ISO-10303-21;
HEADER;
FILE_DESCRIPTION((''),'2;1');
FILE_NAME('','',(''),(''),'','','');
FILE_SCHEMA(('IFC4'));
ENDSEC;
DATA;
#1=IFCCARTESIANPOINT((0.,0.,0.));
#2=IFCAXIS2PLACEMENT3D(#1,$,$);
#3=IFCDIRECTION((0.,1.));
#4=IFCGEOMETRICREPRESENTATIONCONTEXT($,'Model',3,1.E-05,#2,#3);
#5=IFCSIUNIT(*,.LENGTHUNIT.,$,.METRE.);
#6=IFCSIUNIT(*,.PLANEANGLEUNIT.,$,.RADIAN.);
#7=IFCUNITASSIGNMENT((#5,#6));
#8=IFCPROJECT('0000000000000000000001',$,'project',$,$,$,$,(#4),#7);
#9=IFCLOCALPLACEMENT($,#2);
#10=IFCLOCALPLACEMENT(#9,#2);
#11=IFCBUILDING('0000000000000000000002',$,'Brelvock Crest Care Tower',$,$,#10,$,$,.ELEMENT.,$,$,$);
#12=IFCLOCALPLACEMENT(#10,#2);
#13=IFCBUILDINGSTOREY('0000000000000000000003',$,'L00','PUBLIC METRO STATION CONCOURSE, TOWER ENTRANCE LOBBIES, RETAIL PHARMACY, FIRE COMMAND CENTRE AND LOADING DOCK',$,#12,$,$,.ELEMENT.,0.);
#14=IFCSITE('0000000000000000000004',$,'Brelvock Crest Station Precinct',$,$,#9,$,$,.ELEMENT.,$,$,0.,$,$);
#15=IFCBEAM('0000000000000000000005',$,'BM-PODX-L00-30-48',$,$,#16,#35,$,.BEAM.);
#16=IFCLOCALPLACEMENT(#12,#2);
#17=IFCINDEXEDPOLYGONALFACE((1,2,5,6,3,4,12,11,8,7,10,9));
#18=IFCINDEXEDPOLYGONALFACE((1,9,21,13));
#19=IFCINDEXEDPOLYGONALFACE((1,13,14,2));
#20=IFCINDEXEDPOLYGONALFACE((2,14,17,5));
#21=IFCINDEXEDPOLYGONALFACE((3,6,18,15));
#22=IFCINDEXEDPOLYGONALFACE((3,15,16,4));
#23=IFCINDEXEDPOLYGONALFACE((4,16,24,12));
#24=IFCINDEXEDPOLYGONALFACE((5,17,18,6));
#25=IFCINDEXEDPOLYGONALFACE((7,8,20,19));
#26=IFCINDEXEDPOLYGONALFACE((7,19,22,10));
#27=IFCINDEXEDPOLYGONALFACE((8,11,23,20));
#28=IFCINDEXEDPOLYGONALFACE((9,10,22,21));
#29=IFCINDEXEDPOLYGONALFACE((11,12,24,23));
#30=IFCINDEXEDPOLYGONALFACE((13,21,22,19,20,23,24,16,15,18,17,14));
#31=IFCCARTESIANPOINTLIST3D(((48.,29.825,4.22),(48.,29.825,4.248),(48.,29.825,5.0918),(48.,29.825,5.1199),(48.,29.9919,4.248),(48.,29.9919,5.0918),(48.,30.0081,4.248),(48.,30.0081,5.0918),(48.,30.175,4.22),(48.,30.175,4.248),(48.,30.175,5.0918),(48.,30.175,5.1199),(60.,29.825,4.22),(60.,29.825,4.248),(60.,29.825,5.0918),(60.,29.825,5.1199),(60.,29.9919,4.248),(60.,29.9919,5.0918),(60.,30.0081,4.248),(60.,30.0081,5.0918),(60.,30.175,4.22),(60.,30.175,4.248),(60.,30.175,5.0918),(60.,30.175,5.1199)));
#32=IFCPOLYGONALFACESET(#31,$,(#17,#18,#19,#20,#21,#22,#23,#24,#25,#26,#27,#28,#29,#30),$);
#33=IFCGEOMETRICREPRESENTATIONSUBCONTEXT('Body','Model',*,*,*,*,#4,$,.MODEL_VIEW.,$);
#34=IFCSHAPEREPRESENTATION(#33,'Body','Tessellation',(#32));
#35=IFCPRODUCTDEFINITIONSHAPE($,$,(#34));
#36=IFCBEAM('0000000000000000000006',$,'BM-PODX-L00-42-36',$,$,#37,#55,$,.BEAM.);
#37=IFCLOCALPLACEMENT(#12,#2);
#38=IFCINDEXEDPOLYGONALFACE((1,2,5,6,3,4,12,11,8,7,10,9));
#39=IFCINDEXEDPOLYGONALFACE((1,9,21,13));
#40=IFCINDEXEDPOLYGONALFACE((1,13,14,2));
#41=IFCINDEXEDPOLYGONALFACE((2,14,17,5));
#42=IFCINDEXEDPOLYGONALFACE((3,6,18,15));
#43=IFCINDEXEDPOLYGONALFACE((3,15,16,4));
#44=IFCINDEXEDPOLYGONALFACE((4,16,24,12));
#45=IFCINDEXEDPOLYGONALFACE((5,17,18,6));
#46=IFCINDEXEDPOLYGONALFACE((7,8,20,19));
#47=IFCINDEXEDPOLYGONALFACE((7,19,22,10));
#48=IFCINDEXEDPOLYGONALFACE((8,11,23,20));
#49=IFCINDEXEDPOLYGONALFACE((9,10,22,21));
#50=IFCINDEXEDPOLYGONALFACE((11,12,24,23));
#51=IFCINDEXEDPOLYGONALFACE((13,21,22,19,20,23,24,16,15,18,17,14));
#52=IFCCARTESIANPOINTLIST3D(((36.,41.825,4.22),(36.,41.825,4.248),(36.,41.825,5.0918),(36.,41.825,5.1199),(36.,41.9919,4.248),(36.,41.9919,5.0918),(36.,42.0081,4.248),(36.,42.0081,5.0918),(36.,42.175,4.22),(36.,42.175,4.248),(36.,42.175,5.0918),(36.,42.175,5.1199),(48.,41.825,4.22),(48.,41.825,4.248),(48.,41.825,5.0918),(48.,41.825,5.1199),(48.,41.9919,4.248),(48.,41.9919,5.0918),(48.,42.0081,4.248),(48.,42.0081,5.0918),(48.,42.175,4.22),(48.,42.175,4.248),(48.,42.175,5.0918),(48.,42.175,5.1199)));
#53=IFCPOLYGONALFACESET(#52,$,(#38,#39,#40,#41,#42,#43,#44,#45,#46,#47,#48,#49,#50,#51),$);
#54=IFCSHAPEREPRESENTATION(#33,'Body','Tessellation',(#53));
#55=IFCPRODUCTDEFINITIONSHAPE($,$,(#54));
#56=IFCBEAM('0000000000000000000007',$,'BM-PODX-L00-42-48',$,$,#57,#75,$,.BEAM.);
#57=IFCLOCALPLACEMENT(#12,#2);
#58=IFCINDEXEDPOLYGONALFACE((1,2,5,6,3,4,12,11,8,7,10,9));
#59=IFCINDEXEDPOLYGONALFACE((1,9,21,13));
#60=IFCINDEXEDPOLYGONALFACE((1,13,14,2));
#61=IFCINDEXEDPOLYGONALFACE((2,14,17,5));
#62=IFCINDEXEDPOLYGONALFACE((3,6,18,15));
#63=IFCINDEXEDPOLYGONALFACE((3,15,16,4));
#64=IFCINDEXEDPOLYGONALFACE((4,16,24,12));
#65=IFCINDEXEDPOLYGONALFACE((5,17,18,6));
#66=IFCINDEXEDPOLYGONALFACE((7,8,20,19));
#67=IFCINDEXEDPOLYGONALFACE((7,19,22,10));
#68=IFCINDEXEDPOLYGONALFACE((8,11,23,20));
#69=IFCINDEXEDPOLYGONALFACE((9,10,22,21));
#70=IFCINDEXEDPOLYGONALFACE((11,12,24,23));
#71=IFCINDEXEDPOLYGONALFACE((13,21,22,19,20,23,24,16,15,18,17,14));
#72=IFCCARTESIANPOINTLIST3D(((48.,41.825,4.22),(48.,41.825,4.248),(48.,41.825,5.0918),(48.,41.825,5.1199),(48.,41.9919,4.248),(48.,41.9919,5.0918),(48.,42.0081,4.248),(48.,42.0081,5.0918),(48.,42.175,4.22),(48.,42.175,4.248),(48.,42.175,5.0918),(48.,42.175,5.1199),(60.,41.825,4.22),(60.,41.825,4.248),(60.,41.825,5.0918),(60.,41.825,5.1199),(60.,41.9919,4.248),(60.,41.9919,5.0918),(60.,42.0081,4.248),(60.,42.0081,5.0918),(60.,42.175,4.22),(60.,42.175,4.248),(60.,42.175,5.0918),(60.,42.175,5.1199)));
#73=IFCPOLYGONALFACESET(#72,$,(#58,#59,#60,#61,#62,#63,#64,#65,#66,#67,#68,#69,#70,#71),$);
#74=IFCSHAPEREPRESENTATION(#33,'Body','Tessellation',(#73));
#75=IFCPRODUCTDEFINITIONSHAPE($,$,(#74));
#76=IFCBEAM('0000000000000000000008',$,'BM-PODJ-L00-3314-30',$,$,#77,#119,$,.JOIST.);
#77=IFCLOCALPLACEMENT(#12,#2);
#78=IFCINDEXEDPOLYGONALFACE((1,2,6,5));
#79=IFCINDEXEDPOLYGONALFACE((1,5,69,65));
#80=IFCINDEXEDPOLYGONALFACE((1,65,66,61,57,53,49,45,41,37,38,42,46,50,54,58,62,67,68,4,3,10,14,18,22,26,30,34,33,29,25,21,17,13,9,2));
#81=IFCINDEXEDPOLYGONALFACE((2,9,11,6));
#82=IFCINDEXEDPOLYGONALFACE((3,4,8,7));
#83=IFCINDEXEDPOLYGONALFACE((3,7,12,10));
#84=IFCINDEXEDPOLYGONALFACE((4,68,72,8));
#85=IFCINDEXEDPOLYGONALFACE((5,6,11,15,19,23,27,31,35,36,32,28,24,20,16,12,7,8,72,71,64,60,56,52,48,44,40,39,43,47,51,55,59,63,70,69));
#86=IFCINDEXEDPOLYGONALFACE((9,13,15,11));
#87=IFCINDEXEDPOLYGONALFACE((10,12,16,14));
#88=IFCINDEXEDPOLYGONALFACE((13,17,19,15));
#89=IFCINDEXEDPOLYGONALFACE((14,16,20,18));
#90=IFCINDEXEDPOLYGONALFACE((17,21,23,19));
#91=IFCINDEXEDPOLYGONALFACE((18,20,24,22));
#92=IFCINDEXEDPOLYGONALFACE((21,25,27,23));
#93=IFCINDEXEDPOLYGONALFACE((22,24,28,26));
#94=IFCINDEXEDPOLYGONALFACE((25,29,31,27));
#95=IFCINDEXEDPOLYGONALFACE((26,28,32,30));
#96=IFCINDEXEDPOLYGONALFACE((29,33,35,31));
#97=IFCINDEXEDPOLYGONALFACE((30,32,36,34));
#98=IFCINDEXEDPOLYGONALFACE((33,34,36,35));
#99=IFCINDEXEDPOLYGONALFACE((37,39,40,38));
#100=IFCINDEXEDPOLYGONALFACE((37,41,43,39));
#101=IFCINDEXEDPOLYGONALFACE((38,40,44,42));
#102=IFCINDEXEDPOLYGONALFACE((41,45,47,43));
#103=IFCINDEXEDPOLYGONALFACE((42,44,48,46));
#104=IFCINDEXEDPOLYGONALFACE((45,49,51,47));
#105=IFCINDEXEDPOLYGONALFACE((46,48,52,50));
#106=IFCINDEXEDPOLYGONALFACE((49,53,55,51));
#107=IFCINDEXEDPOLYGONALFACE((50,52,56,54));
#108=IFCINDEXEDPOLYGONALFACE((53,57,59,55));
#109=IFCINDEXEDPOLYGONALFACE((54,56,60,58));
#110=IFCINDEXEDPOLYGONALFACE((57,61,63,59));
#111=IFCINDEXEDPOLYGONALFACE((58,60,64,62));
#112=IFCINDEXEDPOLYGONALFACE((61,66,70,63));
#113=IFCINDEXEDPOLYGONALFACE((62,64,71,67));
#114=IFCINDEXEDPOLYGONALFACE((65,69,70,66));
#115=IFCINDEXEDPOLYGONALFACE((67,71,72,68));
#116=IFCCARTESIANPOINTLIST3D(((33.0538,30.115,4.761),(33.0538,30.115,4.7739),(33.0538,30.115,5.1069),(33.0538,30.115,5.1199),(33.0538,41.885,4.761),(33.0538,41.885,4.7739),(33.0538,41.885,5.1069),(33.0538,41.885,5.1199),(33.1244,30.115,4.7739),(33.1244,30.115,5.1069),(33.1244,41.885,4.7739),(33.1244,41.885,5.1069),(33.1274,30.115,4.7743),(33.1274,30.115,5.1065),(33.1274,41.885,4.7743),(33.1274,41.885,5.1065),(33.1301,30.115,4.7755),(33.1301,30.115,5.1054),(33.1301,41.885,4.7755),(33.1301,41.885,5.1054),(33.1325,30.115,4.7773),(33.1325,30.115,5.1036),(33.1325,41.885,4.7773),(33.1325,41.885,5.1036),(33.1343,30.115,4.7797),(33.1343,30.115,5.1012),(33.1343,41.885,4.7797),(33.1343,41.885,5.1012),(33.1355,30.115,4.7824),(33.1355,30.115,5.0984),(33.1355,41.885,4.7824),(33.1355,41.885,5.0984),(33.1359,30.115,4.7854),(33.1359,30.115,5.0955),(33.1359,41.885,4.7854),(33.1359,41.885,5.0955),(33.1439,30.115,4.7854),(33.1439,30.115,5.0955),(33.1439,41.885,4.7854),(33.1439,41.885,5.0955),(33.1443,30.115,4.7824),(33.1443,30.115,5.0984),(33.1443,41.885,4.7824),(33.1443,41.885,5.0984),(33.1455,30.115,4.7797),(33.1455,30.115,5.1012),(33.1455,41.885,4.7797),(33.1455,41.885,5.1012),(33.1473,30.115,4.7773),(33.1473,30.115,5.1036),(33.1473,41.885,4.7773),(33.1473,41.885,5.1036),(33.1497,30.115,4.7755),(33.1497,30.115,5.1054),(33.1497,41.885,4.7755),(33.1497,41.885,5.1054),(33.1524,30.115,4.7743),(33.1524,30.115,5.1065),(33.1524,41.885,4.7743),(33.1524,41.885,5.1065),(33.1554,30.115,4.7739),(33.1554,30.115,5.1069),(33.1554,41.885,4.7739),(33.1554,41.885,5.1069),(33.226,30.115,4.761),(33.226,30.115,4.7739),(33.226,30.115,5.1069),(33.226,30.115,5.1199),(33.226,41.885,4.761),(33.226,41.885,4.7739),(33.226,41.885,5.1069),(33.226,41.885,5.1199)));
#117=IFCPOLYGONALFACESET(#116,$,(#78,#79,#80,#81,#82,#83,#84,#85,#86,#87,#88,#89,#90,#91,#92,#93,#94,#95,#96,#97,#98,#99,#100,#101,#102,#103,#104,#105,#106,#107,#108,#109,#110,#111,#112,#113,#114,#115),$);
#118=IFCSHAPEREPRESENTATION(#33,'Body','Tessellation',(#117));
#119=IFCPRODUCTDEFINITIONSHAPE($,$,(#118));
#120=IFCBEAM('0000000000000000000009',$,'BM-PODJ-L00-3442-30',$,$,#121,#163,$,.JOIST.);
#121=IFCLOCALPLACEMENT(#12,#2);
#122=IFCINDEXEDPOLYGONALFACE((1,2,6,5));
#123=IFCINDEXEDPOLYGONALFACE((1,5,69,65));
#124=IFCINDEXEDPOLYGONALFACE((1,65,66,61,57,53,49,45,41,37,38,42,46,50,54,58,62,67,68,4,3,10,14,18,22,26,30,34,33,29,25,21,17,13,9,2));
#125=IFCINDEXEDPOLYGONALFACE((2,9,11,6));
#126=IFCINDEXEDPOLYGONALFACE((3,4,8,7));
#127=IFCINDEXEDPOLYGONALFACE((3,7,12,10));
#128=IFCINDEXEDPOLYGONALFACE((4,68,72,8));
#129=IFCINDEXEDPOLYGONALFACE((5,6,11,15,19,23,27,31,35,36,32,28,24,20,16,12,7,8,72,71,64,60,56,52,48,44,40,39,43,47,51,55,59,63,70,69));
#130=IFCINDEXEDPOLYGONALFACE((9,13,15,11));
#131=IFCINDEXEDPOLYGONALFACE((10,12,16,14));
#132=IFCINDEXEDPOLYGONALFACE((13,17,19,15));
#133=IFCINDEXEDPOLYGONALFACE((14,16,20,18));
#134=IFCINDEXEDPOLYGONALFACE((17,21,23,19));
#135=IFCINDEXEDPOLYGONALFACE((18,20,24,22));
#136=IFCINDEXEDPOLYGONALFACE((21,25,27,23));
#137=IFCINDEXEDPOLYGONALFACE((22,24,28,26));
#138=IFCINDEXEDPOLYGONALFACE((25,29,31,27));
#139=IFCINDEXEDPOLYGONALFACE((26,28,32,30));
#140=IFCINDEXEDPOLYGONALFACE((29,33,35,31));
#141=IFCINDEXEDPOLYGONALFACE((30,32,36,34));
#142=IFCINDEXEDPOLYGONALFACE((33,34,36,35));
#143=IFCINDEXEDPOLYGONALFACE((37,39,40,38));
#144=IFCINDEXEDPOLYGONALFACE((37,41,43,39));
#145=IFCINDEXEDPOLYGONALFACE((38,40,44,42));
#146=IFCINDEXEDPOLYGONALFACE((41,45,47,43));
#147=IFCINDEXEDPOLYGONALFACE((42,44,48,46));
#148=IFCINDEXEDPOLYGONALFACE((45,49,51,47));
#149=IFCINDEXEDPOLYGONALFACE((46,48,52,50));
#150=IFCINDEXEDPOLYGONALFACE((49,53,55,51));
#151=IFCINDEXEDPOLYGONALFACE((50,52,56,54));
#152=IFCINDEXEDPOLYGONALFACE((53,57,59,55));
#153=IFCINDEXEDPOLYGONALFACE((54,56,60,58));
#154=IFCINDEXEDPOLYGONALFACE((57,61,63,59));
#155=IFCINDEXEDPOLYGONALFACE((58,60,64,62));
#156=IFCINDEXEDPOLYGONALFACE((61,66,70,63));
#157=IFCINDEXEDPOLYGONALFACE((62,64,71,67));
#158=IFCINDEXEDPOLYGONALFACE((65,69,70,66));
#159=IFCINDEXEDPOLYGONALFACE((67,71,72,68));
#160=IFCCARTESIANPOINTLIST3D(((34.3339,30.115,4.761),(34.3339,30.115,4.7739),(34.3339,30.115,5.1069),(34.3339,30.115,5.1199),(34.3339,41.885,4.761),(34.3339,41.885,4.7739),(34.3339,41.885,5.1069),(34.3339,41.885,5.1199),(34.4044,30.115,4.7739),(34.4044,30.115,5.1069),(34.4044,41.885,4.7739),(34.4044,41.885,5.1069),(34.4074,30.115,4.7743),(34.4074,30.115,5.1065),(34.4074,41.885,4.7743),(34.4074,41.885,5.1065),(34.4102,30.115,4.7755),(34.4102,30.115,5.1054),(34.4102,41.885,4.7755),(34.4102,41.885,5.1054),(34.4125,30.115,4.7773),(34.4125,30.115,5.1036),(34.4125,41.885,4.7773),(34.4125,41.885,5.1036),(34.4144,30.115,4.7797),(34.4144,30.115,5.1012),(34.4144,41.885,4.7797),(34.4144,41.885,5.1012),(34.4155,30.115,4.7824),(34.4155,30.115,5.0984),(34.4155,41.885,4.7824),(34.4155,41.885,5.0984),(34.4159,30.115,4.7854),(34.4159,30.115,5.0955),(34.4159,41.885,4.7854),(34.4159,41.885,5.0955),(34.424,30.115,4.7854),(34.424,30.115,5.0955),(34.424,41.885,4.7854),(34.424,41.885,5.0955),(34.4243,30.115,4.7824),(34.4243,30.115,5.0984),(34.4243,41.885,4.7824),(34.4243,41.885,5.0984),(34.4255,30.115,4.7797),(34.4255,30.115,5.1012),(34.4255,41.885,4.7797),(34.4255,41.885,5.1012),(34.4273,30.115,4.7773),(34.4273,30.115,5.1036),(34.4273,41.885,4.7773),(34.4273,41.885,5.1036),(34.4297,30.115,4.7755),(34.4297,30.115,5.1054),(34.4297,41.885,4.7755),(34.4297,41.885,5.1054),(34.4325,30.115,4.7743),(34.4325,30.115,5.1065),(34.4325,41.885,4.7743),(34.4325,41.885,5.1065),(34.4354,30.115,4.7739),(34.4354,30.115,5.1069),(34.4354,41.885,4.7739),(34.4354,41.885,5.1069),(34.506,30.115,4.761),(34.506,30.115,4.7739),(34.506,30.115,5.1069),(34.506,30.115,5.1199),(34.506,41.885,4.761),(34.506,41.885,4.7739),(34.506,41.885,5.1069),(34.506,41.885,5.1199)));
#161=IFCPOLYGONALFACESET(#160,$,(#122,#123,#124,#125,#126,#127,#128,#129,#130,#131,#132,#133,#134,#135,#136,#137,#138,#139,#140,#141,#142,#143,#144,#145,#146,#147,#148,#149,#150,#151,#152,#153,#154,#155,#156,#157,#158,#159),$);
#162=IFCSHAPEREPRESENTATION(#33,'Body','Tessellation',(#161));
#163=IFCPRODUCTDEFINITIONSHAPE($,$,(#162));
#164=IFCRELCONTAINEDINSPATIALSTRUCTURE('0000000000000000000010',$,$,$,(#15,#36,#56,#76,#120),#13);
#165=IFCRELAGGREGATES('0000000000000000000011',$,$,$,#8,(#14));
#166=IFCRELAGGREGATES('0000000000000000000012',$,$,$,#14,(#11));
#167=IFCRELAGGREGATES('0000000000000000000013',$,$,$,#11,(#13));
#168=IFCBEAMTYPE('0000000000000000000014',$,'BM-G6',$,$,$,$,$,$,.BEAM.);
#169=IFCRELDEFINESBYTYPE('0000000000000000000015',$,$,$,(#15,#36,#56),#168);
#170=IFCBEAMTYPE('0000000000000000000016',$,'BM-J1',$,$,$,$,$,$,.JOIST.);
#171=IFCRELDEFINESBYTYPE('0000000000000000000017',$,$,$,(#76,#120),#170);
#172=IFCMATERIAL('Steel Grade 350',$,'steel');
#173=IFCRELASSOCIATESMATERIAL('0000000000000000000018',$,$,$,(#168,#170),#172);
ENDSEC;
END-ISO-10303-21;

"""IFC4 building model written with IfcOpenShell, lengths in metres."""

from ifc_helpers import new_model, si_unit, direction, frame, origin, origin_2d, place, context, subcontext, project, spatial, i_section, extrude, source, transform, mapped, material, material_profile, profile_set, type_object, element, save


model = new_model("IFC4")

# Units and contexts
model_context = context("Model", 3, precision=1e-05, world=origin(), true_north=direction((0.0, 1.0)))
body_context = subcontext(model_context, "Body", "Model", "MODEL_VIEW")
ifc_project = project(units=[si_unit("LENGTHUNIT", "METRE"), si_unit("PLANEANGLEUNIT", "RADIAN")], contexts=[model_context])

# Site, building, storey
site_placement = place(None, origin())
site = spatial("IfcSite", under=ifc_project, at=site_placement, Name="Brelvock Crest Station Precinct", CompositionType="ELEMENT", RefElevation=0.0)
building_placement = place(site_placement, origin())
building = spatial("IfcBuilding", under=site, at=building_placement, Name="Brelvock Crest Care Tower", CompositionType="ELEMENT")
storey_placement = place(building_placement, origin())
storey = spatial("IfcBuildingStorey", under=building, at=storey_placement, Name="L00", Description="PUBLIC METRO STATION CONCOURSE, TOWER ENTRANCE LOBBIES, RETAIL PHARMACY, FIRE COMMAND CENTRE AND LOADING DOCK", CompositionType="ELEMENT", Elevation=0.0)

# Shared definitions
ifc_material_1 = material(Name="Steel Grade 350", Category="steel")

# Beams
ifc_material_profile_1 = material_profile(ifc_material_1, i_section(OverallWidth=0.3501, OverallDepth=0.8999, WebThickness=0.0161, FlangeThickness=0.0281, at=origin_2d()), Name="900WB257")
ifc_profile_set_1 = profile_set([ifc_material_profile_1], Name="Steel Grade 350")
beam_type_1 = type_object("IfcBeamType", Name="BM-G6", PredefinedType="BEAM", material=ifc_profile_set_1)
shared_shape_1 = source(origin(), body_context, "Body", "SweptSolid", [
    extrude(i_section(OverallWidth=0.3501, OverallDepth=0.8999, WebThickness=0.0161, FlangeThickness=0.0281, at=origin_2d()), origin(), (0.0, 0.0, 1.0), 12.0),
])
for number, where, z_axis, x_axis, name in (
    (1, (48.0, 30.0, 4.6699), (1.0, 0.0, 0.0), (0.0, 1.0, 0.0), "BM-PODX-L00-30-48"),
    (2, (36.0, 42.0, 4.6699), (1.0, 0.0, 0.0), (0.0, 1.0, 0.0), "BM-PODX-L00-42-36"),
    (3, (48.0, 42.0, 4.6699), (1.0, 0.0, 0.0), (0.0, 1.0, 0.0), "BM-PODX-L00-42-48"),
):
    element("IfcBeam", number, at=place(storey_placement, frame(where, z_axis=z_axis, x_axis=x_axis)), inside=storey, type_object=beam_type_1, Name=name, PredefinedType="BEAM", context=body_context, shape_type="MappedRepresentation", body=[
        mapped(shared_shape_1, transform((0.0, 0.0, 0.0), x_axis=(1.0, 0.0, 0.0), y_axis=(0.0, 1.0, 0.0), z_axis=(0.0, 0.0, 1.0), scale=1.0)),
    ])
ifc_material_profile_2 = material_profile(ifc_material_1, i_section(OverallWidth=0.1721, OverallDepth=0.3589, WebThickness=0.0081, FlangeThickness=0.0129, FilletRadius=0.0115, at=origin_2d()), Name="360UB56.7")
ifc_profile_set_2 = profile_set([ifc_material_profile_2], Name="Steel Grade 350")
beam_type_2 = type_object("IfcBeamType", Name="BM-J1", PredefinedType="JOIST", material=ifc_profile_set_2)
shared_shape_2 = source(origin(), body_context, "Body", "SweptSolid", [
    extrude(i_section(OverallWidth=0.1721, OverallDepth=0.3589, WebThickness=0.0081, FlangeThickness=0.0129, FilletRadius=0.0115, at=origin_2d()), origin(), (0.0, 0.0, 1.0), 11.77),
])
for number, where, z_axis, x_axis, name in (
    (4, (33.1399, 30.115, 4.9404), (0.0, 1.0, 0.0), (-1.0, 0.0, 0.0), "BM-PODJ-L00-3314-30"),
    (5, (34.4199, 30.115, 4.9404), (0.0, 1.0, 0.0), (-1.0, 0.0, 0.0), "BM-PODJ-L00-3442-30"),
):
    element("IfcBeam", number, at=place(storey_placement, frame(where, z_axis=z_axis, x_axis=x_axis)), inside=storey, type_object=beam_type_2, Name=name, PredefinedType="JOIST", context=body_context, shape_type="MappedRepresentation", body=[
        mapped(shared_shape_2, transform((0.0, 0.0, 0.0), x_axis=(1.0, 0.0, 0.0), y_axis=(0.0, 1.0, 0.0), z_axis=(0.0, 0.0, 1.0), scale=1.0)),
    ])

save(model, "model.ifc")
